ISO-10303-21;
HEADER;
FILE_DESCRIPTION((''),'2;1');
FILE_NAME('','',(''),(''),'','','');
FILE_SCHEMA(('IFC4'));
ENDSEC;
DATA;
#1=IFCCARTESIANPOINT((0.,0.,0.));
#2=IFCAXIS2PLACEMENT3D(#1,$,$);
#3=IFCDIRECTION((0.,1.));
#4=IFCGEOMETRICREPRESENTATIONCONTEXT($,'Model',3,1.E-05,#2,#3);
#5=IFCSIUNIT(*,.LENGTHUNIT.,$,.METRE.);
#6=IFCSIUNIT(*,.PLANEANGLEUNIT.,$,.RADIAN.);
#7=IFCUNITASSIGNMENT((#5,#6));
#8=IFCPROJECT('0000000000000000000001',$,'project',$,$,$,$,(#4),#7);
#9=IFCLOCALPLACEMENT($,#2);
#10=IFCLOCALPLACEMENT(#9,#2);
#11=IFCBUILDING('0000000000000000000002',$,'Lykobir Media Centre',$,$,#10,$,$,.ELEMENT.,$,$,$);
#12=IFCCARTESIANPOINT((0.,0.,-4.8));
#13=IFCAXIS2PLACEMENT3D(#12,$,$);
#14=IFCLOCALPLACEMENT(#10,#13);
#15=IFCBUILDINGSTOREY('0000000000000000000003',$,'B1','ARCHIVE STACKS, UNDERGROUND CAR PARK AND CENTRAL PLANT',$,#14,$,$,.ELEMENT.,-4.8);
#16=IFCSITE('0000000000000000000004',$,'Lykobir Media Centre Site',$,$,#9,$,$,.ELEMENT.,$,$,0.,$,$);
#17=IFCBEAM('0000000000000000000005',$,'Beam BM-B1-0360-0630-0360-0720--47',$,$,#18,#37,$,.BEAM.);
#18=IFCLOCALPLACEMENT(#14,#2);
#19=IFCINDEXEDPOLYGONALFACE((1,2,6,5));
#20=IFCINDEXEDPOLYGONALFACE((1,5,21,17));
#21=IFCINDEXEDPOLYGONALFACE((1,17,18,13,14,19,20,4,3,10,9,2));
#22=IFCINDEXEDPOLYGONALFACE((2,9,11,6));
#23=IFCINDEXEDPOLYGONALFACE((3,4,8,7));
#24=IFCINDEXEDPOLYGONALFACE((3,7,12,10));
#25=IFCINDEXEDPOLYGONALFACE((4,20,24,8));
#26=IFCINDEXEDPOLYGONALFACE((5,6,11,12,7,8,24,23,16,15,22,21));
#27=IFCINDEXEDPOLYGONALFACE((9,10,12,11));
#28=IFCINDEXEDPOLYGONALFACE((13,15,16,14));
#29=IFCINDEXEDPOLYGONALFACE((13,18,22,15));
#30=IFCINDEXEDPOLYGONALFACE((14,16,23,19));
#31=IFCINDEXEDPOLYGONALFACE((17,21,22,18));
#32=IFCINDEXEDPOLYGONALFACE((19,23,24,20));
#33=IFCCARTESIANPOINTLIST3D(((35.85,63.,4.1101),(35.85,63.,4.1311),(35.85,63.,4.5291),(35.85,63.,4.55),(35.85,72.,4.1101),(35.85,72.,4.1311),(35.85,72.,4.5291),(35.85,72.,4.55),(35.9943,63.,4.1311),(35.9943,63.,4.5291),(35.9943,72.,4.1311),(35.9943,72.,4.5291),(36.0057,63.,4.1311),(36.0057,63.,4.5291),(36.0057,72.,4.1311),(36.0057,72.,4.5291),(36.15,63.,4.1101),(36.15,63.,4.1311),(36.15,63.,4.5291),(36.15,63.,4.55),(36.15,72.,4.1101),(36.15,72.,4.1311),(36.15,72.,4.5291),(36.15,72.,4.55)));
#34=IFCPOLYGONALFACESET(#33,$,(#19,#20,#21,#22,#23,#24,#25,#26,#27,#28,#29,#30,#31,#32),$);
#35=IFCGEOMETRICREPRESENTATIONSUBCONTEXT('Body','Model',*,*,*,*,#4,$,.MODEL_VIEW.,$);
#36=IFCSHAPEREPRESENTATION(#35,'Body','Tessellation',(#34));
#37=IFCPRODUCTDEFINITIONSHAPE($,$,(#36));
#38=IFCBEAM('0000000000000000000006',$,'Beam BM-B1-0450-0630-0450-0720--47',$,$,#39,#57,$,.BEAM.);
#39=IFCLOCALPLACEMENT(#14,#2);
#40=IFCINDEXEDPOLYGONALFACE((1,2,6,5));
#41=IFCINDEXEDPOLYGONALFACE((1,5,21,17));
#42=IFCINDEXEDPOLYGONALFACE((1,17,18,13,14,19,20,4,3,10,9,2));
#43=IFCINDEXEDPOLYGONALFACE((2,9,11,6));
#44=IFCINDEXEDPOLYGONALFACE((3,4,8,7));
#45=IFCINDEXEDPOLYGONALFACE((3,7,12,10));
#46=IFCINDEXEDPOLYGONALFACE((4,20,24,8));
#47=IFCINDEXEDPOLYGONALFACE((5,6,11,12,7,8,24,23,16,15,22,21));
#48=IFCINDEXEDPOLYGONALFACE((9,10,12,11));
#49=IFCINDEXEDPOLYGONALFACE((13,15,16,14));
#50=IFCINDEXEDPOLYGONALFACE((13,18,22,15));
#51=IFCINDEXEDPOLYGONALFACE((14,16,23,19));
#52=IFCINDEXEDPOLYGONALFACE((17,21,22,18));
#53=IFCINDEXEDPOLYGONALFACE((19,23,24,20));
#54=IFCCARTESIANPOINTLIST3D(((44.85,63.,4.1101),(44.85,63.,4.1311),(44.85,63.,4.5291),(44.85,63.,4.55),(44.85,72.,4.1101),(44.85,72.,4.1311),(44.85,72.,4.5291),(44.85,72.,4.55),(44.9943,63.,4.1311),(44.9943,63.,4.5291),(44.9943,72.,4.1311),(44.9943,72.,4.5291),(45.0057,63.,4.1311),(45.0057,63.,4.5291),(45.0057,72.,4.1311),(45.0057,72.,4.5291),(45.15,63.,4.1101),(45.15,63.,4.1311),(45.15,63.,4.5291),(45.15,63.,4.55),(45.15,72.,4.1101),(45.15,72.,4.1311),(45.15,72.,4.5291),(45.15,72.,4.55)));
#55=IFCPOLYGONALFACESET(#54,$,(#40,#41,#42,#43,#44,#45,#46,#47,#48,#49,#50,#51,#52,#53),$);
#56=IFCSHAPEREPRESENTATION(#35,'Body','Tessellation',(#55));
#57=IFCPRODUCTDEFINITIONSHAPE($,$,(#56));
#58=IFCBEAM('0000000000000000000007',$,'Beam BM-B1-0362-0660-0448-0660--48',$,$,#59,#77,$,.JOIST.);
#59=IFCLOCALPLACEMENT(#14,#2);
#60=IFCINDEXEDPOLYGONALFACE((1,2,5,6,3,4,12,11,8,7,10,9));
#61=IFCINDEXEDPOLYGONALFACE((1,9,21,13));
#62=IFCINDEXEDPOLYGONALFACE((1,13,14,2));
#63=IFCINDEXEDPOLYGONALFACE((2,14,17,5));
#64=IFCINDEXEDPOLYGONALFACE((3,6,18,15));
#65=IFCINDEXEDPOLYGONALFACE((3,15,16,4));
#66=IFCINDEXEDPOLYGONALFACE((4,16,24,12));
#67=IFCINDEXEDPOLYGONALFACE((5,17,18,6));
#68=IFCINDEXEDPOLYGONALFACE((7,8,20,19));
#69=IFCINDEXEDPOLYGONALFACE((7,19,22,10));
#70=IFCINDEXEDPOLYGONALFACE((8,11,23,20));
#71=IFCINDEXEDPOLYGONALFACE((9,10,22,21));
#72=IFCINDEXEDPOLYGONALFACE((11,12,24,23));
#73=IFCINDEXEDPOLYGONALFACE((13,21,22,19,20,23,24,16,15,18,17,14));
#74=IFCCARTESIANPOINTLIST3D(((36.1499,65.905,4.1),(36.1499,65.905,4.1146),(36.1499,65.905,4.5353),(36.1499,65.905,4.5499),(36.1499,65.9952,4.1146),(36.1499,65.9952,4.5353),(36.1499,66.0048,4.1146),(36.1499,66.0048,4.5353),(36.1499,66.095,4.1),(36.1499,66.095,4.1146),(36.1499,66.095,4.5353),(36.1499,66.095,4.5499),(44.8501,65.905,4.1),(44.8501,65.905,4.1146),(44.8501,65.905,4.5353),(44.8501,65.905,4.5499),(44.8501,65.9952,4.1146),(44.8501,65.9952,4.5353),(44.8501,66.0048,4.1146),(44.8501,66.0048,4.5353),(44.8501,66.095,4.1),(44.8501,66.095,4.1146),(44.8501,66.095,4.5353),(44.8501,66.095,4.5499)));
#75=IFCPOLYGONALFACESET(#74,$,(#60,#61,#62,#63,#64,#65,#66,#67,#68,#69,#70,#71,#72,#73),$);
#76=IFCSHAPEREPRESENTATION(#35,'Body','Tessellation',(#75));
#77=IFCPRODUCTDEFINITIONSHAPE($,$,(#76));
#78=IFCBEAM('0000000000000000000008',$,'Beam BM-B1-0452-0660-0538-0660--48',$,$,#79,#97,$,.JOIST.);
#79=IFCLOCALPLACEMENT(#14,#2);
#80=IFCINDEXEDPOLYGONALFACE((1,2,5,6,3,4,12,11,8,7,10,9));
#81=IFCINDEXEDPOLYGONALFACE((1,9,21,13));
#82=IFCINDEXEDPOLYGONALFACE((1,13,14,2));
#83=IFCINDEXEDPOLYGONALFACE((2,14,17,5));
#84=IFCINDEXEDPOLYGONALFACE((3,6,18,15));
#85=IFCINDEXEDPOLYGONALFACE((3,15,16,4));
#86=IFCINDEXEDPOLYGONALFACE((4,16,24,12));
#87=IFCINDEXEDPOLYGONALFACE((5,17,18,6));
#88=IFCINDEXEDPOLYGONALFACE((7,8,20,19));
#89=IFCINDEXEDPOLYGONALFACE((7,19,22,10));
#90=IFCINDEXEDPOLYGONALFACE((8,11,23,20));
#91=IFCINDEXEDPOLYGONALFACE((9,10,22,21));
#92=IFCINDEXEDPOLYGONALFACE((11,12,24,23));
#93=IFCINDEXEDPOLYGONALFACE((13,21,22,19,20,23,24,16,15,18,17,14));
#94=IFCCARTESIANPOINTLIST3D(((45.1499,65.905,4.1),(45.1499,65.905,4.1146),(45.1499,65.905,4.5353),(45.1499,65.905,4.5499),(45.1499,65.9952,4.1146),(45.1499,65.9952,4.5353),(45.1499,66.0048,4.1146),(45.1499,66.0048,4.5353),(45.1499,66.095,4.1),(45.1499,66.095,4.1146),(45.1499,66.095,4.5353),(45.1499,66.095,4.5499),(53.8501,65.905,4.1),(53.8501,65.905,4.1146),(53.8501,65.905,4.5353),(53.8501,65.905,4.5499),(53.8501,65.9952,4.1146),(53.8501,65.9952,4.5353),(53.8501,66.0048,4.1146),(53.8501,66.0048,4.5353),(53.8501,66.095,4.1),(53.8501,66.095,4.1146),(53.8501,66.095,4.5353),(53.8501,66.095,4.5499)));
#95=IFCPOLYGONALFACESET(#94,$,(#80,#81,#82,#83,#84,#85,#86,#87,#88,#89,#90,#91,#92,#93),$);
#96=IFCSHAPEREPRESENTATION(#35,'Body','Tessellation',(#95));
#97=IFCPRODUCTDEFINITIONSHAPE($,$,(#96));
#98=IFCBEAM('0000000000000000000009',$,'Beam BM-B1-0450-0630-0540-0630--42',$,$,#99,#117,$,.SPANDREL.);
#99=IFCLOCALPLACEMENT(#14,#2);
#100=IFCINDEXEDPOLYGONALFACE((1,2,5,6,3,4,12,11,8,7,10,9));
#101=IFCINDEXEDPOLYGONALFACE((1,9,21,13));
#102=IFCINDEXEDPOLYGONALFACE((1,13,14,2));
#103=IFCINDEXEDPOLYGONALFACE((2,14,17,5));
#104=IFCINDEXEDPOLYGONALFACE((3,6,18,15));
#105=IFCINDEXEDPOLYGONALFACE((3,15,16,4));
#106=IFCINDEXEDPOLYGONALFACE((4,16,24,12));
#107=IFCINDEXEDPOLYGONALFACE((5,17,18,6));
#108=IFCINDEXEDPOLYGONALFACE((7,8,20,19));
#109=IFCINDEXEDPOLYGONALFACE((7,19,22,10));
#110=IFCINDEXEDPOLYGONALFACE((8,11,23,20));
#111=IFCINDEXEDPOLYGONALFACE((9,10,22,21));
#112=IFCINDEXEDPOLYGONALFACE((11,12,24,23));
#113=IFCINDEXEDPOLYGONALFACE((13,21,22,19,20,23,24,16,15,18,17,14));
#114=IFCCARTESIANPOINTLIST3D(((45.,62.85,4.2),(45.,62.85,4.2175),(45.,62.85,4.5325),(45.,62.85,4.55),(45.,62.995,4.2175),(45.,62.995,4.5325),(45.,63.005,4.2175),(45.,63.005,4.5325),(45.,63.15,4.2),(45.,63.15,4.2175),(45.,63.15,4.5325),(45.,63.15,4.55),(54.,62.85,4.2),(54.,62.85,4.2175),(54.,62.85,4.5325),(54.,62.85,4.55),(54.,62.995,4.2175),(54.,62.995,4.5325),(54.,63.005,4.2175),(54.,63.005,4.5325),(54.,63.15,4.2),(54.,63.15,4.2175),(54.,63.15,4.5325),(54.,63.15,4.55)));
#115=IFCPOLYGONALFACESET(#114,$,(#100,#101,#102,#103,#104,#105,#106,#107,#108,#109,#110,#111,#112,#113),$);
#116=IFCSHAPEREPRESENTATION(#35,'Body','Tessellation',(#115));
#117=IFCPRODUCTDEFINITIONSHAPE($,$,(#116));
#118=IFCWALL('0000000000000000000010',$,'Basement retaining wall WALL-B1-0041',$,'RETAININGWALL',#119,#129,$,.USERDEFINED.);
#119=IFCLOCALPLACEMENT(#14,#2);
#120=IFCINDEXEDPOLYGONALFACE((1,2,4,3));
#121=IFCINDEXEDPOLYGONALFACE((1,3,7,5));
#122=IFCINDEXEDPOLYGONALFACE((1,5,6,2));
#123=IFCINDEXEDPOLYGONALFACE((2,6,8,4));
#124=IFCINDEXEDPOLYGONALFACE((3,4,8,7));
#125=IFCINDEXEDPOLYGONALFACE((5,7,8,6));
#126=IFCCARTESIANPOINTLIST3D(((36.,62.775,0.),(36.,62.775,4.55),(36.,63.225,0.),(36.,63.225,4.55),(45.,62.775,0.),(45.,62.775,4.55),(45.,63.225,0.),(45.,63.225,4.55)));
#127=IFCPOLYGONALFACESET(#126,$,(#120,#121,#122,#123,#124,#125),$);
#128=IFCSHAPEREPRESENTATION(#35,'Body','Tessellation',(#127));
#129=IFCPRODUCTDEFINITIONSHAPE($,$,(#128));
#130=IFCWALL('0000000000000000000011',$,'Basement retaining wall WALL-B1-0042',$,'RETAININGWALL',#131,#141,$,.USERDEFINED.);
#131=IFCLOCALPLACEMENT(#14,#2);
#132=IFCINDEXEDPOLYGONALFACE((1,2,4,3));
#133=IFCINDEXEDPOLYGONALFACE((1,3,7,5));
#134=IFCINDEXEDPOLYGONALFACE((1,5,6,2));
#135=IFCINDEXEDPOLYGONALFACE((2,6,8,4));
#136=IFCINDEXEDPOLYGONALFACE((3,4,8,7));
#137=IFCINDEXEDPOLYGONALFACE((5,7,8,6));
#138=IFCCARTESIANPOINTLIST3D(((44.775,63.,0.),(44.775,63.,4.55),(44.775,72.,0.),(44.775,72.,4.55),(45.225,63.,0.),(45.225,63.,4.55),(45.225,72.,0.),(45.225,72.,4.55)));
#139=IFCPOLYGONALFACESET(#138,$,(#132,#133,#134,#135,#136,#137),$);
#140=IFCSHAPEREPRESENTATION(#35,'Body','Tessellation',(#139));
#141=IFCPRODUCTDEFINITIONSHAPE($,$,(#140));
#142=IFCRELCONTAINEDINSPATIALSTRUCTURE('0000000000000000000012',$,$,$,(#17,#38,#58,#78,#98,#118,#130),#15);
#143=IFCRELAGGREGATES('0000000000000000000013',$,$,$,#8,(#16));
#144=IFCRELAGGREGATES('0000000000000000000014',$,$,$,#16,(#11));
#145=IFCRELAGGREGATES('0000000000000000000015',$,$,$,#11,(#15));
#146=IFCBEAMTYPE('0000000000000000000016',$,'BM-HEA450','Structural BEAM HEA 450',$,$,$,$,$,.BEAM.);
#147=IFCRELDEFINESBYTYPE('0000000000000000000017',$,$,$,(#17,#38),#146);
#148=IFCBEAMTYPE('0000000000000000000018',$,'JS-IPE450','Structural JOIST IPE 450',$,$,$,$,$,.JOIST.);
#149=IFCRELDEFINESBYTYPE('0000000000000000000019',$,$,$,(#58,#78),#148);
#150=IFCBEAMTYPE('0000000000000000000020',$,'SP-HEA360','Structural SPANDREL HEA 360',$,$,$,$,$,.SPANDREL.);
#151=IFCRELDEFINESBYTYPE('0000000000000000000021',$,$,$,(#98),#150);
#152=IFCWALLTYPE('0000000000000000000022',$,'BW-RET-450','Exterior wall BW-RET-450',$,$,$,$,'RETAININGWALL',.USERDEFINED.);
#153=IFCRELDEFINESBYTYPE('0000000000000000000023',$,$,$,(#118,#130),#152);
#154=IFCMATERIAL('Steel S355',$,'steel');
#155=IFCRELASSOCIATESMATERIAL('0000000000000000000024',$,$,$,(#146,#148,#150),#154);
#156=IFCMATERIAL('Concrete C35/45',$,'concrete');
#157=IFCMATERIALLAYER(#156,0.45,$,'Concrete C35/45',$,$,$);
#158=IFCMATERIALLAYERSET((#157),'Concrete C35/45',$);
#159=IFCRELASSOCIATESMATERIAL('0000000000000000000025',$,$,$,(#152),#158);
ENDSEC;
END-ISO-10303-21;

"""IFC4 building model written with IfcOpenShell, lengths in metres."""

from ifc_helpers import new_model, si_unit, direction, frame, frame_2d, origin, origin_2d, place, context, subcontext, project, spatial, rectangle, i_section, extrude, material, layer, layer_set, material_profile, profile_set, type_object, element, save


model = new_model("IFC4")

# Units and contexts
model_context = context("Model", 3, precision=1e-05, world=origin(), true_north=direction((0.0, 1.0)))
body_context = subcontext(model_context, "Body", "Model", "MODEL_VIEW")
ifc_project = project(units=[si_unit("LENGTHUNIT", "METRE"), si_unit("PLANEANGLEUNIT", "RADIAN")], contexts=[model_context])

# Site, building, storey
site_placement = place(None, origin())
site = spatial("IfcSite", under=ifc_project, at=site_placement, Name="Lykobir Media Centre Site", CompositionType="ELEMENT", RefElevation=0.0)
building_placement = place(site_placement, origin())
building = spatial("IfcBuilding", under=site, at=building_placement, Name="Lykobir Media Centre", CompositionType="ELEMENT")
storey_placement = place(building_placement, frame((0.0, 0.0, -4.8)))
storey = spatial("IfcBuildingStorey", under=building, at=storey_placement, Name="B1", Description="ARCHIVE STACKS, UNDERGROUND CAR PARK AND CENTRAL PLANT", CompositionType="ELEMENT", Elevation=-4.8)

# Shared definitions
ifc_material_1 = material(Name="Concrete C35/45", Category="concrete")

# Beams
ifc_material_2 = material(Name="Steel S355", Category="steel")
ifc_material_profile_1 = material_profile(ifc_material_2, i_section(OverallWidth=0.3, OverallDepth=0.4399, WebThickness=0.0115, FlangeThickness=0.021, at=origin_2d()), Name="HEA 450")
ifc_profile_set_1 = profile_set([ifc_material_profile_1], Name="Steel S355")
beam_type_1 = type_object("IfcBeamType", Name="BM-HEA450", Description="Structural BEAM HEA 450", PredefinedType="BEAM", material=ifc_profile_set_1)
for number, where, z_axis, x_axis, name in (
    (1, (36.0, 63.0, 4.3301), (0.0, 1.0, 0.0), (-1.0, 0.0, 0.0), "Beam BM-B1-0360-0630-0360-0720--47"),
    (2, (45.0, 63.0, 4.3301), (0.0, 1.0, 0.0), (-1.0, 0.0, 0.0), "Beam BM-B1-0450-0630-0450-0720--47"),
):
    element("IfcBeam", number, at=place(storey_placement, frame(where, z_axis=z_axis, x_axis=x_axis)), inside=storey, type_object=beam_type_1, Name=name, PredefinedType="BEAM", context=body_context, shape_type="SweptSolid", body=[
        extrude(i_section(OverallWidth=0.3, OverallDepth=0.4399, WebThickness=0.0115, FlangeThickness=0.021, at=origin_2d()), origin(), (0.0, 0.0, 1.0), 9.0),
    ])
ifc_material_profile_2 = material_profile(ifc_material_2, i_section(OverallWidth=0.1899, OverallDepth=0.45, WebThickness=0.0095, FlangeThickness=0.0146, at=origin_2d()), Name="IPE 450")
ifc_profile_set_2 = profile_set([ifc_material_profile_2], Name="Steel S355")
beam_type_2 = type_object("IfcBeamType", Name="JS-IPE450", Description="Structural JOIST IPE 450", PredefinedType="JOIST", material=ifc_profile_set_2)
for number, where, z_axis, x_axis, name in (
    (3, (36.1499, 66.0, 4.325), (1.0, 0.0, 0.0), (0.0, 1.0, 0.0), "Beam BM-B1-0362-0660-0448-0660--48"),
    (4, (45.1499, 66.0, 4.325), (1.0, 0.0, 0.0), (0.0, 1.0, 0.0), "Beam BM-B1-0452-0660-0538-0660--48"),
):
    element("IfcBeam", number, at=place(storey_placement, frame(where, z_axis=z_axis, x_axis=x_axis)), inside=storey, type_object=beam_type_2, Name=name, PredefinedType="JOIST", context=body_context, shape_type="SweptSolid", body=[
        extrude(i_section(OverallWidth=0.1899, OverallDepth=0.45, WebThickness=0.0095, FlangeThickness=0.0146, at=origin_2d()), origin(), (0.0, 0.0, 1.0), 8.7002),
    ])
ifc_material_profile_3 = material_profile(ifc_material_2, i_section(OverallWidth=0.3, OverallDepth=0.3501, WebThickness=0.01, FlangeThickness=0.0176, at=origin_2d()), Name="HEA 360")
ifc_profile_set_3 = profile_set([ifc_material_profile_3], Name="Steel S355")
beam_type_3 = type_object("IfcBeamType", Name="SP-HEA360", Description="Structural SPANDREL HEA 360", PredefinedType="SPANDREL", material=ifc_profile_set_3)
beam_placement = place(storey_placement, frame((45.0, 63.0, 4.375), z_axis=(1.0, 0.0, 0.0), x_axis=(0.0, 1.0, 0.0)))
element("IfcBeam", 5, at=beam_placement, inside=storey, type_object=beam_type_3, Name="Beam BM-B1-0450-0630-0540-0630--42", PredefinedType="SPANDREL", context=body_context, shape_type="SweptSolid", body=[
    extrude(i_section(OverallWidth=0.3, OverallDepth=0.3501, WebThickness=0.01, FlangeThickness=0.0176, at=origin_2d()), origin(), (0.0, 0.0, 1.0), 9.0),
])

# Walls
ifc_layer_1 = layer(ifc_material_1, 0.45, Name="Concrete C35/45")
ifc_layer_set_1 = layer_set([ifc_layer_1], Name="Concrete C35/45")
wall_type_1 = type_object("IfcWallType", Name="BW-RET-450", Description="Exterior wall BW-RET-450", ElementType="RETAININGWALL", PredefinedType="USERDEFINED", material=ifc_layer_set_1)
for number, where, z_axis, x_axis, name in (
    (6, (36.0, 63.0, 0.0), (0.0, 0.0, 1.0), (1.0, 0.0, 0.0), "Basement retaining wall WALL-B1-0041"),
    (7, (45.0, 63.0, 0.0), (0.0, 0.0, 1.0), (0.0, 1.0, 0.0), "Basement retaining wall WALL-B1-0042"),
):
    element("IfcWall", number, at=place(storey_placement, frame(where, z_axis=z_axis, x_axis=x_axis)), inside=storey, type_object=wall_type_1, Name=name, ObjectType="RETAININGWALL", PredefinedType="USERDEFINED", context=body_context, shape_type="SweptSolid", body=[
        extrude(rectangle(XDim=9.0, YDim=0.45, at=frame_2d((4.5, 0.0))), origin(), (0.0, 0.0, 1.0), 4.55),
    ])

save(model, "model.ifc")
